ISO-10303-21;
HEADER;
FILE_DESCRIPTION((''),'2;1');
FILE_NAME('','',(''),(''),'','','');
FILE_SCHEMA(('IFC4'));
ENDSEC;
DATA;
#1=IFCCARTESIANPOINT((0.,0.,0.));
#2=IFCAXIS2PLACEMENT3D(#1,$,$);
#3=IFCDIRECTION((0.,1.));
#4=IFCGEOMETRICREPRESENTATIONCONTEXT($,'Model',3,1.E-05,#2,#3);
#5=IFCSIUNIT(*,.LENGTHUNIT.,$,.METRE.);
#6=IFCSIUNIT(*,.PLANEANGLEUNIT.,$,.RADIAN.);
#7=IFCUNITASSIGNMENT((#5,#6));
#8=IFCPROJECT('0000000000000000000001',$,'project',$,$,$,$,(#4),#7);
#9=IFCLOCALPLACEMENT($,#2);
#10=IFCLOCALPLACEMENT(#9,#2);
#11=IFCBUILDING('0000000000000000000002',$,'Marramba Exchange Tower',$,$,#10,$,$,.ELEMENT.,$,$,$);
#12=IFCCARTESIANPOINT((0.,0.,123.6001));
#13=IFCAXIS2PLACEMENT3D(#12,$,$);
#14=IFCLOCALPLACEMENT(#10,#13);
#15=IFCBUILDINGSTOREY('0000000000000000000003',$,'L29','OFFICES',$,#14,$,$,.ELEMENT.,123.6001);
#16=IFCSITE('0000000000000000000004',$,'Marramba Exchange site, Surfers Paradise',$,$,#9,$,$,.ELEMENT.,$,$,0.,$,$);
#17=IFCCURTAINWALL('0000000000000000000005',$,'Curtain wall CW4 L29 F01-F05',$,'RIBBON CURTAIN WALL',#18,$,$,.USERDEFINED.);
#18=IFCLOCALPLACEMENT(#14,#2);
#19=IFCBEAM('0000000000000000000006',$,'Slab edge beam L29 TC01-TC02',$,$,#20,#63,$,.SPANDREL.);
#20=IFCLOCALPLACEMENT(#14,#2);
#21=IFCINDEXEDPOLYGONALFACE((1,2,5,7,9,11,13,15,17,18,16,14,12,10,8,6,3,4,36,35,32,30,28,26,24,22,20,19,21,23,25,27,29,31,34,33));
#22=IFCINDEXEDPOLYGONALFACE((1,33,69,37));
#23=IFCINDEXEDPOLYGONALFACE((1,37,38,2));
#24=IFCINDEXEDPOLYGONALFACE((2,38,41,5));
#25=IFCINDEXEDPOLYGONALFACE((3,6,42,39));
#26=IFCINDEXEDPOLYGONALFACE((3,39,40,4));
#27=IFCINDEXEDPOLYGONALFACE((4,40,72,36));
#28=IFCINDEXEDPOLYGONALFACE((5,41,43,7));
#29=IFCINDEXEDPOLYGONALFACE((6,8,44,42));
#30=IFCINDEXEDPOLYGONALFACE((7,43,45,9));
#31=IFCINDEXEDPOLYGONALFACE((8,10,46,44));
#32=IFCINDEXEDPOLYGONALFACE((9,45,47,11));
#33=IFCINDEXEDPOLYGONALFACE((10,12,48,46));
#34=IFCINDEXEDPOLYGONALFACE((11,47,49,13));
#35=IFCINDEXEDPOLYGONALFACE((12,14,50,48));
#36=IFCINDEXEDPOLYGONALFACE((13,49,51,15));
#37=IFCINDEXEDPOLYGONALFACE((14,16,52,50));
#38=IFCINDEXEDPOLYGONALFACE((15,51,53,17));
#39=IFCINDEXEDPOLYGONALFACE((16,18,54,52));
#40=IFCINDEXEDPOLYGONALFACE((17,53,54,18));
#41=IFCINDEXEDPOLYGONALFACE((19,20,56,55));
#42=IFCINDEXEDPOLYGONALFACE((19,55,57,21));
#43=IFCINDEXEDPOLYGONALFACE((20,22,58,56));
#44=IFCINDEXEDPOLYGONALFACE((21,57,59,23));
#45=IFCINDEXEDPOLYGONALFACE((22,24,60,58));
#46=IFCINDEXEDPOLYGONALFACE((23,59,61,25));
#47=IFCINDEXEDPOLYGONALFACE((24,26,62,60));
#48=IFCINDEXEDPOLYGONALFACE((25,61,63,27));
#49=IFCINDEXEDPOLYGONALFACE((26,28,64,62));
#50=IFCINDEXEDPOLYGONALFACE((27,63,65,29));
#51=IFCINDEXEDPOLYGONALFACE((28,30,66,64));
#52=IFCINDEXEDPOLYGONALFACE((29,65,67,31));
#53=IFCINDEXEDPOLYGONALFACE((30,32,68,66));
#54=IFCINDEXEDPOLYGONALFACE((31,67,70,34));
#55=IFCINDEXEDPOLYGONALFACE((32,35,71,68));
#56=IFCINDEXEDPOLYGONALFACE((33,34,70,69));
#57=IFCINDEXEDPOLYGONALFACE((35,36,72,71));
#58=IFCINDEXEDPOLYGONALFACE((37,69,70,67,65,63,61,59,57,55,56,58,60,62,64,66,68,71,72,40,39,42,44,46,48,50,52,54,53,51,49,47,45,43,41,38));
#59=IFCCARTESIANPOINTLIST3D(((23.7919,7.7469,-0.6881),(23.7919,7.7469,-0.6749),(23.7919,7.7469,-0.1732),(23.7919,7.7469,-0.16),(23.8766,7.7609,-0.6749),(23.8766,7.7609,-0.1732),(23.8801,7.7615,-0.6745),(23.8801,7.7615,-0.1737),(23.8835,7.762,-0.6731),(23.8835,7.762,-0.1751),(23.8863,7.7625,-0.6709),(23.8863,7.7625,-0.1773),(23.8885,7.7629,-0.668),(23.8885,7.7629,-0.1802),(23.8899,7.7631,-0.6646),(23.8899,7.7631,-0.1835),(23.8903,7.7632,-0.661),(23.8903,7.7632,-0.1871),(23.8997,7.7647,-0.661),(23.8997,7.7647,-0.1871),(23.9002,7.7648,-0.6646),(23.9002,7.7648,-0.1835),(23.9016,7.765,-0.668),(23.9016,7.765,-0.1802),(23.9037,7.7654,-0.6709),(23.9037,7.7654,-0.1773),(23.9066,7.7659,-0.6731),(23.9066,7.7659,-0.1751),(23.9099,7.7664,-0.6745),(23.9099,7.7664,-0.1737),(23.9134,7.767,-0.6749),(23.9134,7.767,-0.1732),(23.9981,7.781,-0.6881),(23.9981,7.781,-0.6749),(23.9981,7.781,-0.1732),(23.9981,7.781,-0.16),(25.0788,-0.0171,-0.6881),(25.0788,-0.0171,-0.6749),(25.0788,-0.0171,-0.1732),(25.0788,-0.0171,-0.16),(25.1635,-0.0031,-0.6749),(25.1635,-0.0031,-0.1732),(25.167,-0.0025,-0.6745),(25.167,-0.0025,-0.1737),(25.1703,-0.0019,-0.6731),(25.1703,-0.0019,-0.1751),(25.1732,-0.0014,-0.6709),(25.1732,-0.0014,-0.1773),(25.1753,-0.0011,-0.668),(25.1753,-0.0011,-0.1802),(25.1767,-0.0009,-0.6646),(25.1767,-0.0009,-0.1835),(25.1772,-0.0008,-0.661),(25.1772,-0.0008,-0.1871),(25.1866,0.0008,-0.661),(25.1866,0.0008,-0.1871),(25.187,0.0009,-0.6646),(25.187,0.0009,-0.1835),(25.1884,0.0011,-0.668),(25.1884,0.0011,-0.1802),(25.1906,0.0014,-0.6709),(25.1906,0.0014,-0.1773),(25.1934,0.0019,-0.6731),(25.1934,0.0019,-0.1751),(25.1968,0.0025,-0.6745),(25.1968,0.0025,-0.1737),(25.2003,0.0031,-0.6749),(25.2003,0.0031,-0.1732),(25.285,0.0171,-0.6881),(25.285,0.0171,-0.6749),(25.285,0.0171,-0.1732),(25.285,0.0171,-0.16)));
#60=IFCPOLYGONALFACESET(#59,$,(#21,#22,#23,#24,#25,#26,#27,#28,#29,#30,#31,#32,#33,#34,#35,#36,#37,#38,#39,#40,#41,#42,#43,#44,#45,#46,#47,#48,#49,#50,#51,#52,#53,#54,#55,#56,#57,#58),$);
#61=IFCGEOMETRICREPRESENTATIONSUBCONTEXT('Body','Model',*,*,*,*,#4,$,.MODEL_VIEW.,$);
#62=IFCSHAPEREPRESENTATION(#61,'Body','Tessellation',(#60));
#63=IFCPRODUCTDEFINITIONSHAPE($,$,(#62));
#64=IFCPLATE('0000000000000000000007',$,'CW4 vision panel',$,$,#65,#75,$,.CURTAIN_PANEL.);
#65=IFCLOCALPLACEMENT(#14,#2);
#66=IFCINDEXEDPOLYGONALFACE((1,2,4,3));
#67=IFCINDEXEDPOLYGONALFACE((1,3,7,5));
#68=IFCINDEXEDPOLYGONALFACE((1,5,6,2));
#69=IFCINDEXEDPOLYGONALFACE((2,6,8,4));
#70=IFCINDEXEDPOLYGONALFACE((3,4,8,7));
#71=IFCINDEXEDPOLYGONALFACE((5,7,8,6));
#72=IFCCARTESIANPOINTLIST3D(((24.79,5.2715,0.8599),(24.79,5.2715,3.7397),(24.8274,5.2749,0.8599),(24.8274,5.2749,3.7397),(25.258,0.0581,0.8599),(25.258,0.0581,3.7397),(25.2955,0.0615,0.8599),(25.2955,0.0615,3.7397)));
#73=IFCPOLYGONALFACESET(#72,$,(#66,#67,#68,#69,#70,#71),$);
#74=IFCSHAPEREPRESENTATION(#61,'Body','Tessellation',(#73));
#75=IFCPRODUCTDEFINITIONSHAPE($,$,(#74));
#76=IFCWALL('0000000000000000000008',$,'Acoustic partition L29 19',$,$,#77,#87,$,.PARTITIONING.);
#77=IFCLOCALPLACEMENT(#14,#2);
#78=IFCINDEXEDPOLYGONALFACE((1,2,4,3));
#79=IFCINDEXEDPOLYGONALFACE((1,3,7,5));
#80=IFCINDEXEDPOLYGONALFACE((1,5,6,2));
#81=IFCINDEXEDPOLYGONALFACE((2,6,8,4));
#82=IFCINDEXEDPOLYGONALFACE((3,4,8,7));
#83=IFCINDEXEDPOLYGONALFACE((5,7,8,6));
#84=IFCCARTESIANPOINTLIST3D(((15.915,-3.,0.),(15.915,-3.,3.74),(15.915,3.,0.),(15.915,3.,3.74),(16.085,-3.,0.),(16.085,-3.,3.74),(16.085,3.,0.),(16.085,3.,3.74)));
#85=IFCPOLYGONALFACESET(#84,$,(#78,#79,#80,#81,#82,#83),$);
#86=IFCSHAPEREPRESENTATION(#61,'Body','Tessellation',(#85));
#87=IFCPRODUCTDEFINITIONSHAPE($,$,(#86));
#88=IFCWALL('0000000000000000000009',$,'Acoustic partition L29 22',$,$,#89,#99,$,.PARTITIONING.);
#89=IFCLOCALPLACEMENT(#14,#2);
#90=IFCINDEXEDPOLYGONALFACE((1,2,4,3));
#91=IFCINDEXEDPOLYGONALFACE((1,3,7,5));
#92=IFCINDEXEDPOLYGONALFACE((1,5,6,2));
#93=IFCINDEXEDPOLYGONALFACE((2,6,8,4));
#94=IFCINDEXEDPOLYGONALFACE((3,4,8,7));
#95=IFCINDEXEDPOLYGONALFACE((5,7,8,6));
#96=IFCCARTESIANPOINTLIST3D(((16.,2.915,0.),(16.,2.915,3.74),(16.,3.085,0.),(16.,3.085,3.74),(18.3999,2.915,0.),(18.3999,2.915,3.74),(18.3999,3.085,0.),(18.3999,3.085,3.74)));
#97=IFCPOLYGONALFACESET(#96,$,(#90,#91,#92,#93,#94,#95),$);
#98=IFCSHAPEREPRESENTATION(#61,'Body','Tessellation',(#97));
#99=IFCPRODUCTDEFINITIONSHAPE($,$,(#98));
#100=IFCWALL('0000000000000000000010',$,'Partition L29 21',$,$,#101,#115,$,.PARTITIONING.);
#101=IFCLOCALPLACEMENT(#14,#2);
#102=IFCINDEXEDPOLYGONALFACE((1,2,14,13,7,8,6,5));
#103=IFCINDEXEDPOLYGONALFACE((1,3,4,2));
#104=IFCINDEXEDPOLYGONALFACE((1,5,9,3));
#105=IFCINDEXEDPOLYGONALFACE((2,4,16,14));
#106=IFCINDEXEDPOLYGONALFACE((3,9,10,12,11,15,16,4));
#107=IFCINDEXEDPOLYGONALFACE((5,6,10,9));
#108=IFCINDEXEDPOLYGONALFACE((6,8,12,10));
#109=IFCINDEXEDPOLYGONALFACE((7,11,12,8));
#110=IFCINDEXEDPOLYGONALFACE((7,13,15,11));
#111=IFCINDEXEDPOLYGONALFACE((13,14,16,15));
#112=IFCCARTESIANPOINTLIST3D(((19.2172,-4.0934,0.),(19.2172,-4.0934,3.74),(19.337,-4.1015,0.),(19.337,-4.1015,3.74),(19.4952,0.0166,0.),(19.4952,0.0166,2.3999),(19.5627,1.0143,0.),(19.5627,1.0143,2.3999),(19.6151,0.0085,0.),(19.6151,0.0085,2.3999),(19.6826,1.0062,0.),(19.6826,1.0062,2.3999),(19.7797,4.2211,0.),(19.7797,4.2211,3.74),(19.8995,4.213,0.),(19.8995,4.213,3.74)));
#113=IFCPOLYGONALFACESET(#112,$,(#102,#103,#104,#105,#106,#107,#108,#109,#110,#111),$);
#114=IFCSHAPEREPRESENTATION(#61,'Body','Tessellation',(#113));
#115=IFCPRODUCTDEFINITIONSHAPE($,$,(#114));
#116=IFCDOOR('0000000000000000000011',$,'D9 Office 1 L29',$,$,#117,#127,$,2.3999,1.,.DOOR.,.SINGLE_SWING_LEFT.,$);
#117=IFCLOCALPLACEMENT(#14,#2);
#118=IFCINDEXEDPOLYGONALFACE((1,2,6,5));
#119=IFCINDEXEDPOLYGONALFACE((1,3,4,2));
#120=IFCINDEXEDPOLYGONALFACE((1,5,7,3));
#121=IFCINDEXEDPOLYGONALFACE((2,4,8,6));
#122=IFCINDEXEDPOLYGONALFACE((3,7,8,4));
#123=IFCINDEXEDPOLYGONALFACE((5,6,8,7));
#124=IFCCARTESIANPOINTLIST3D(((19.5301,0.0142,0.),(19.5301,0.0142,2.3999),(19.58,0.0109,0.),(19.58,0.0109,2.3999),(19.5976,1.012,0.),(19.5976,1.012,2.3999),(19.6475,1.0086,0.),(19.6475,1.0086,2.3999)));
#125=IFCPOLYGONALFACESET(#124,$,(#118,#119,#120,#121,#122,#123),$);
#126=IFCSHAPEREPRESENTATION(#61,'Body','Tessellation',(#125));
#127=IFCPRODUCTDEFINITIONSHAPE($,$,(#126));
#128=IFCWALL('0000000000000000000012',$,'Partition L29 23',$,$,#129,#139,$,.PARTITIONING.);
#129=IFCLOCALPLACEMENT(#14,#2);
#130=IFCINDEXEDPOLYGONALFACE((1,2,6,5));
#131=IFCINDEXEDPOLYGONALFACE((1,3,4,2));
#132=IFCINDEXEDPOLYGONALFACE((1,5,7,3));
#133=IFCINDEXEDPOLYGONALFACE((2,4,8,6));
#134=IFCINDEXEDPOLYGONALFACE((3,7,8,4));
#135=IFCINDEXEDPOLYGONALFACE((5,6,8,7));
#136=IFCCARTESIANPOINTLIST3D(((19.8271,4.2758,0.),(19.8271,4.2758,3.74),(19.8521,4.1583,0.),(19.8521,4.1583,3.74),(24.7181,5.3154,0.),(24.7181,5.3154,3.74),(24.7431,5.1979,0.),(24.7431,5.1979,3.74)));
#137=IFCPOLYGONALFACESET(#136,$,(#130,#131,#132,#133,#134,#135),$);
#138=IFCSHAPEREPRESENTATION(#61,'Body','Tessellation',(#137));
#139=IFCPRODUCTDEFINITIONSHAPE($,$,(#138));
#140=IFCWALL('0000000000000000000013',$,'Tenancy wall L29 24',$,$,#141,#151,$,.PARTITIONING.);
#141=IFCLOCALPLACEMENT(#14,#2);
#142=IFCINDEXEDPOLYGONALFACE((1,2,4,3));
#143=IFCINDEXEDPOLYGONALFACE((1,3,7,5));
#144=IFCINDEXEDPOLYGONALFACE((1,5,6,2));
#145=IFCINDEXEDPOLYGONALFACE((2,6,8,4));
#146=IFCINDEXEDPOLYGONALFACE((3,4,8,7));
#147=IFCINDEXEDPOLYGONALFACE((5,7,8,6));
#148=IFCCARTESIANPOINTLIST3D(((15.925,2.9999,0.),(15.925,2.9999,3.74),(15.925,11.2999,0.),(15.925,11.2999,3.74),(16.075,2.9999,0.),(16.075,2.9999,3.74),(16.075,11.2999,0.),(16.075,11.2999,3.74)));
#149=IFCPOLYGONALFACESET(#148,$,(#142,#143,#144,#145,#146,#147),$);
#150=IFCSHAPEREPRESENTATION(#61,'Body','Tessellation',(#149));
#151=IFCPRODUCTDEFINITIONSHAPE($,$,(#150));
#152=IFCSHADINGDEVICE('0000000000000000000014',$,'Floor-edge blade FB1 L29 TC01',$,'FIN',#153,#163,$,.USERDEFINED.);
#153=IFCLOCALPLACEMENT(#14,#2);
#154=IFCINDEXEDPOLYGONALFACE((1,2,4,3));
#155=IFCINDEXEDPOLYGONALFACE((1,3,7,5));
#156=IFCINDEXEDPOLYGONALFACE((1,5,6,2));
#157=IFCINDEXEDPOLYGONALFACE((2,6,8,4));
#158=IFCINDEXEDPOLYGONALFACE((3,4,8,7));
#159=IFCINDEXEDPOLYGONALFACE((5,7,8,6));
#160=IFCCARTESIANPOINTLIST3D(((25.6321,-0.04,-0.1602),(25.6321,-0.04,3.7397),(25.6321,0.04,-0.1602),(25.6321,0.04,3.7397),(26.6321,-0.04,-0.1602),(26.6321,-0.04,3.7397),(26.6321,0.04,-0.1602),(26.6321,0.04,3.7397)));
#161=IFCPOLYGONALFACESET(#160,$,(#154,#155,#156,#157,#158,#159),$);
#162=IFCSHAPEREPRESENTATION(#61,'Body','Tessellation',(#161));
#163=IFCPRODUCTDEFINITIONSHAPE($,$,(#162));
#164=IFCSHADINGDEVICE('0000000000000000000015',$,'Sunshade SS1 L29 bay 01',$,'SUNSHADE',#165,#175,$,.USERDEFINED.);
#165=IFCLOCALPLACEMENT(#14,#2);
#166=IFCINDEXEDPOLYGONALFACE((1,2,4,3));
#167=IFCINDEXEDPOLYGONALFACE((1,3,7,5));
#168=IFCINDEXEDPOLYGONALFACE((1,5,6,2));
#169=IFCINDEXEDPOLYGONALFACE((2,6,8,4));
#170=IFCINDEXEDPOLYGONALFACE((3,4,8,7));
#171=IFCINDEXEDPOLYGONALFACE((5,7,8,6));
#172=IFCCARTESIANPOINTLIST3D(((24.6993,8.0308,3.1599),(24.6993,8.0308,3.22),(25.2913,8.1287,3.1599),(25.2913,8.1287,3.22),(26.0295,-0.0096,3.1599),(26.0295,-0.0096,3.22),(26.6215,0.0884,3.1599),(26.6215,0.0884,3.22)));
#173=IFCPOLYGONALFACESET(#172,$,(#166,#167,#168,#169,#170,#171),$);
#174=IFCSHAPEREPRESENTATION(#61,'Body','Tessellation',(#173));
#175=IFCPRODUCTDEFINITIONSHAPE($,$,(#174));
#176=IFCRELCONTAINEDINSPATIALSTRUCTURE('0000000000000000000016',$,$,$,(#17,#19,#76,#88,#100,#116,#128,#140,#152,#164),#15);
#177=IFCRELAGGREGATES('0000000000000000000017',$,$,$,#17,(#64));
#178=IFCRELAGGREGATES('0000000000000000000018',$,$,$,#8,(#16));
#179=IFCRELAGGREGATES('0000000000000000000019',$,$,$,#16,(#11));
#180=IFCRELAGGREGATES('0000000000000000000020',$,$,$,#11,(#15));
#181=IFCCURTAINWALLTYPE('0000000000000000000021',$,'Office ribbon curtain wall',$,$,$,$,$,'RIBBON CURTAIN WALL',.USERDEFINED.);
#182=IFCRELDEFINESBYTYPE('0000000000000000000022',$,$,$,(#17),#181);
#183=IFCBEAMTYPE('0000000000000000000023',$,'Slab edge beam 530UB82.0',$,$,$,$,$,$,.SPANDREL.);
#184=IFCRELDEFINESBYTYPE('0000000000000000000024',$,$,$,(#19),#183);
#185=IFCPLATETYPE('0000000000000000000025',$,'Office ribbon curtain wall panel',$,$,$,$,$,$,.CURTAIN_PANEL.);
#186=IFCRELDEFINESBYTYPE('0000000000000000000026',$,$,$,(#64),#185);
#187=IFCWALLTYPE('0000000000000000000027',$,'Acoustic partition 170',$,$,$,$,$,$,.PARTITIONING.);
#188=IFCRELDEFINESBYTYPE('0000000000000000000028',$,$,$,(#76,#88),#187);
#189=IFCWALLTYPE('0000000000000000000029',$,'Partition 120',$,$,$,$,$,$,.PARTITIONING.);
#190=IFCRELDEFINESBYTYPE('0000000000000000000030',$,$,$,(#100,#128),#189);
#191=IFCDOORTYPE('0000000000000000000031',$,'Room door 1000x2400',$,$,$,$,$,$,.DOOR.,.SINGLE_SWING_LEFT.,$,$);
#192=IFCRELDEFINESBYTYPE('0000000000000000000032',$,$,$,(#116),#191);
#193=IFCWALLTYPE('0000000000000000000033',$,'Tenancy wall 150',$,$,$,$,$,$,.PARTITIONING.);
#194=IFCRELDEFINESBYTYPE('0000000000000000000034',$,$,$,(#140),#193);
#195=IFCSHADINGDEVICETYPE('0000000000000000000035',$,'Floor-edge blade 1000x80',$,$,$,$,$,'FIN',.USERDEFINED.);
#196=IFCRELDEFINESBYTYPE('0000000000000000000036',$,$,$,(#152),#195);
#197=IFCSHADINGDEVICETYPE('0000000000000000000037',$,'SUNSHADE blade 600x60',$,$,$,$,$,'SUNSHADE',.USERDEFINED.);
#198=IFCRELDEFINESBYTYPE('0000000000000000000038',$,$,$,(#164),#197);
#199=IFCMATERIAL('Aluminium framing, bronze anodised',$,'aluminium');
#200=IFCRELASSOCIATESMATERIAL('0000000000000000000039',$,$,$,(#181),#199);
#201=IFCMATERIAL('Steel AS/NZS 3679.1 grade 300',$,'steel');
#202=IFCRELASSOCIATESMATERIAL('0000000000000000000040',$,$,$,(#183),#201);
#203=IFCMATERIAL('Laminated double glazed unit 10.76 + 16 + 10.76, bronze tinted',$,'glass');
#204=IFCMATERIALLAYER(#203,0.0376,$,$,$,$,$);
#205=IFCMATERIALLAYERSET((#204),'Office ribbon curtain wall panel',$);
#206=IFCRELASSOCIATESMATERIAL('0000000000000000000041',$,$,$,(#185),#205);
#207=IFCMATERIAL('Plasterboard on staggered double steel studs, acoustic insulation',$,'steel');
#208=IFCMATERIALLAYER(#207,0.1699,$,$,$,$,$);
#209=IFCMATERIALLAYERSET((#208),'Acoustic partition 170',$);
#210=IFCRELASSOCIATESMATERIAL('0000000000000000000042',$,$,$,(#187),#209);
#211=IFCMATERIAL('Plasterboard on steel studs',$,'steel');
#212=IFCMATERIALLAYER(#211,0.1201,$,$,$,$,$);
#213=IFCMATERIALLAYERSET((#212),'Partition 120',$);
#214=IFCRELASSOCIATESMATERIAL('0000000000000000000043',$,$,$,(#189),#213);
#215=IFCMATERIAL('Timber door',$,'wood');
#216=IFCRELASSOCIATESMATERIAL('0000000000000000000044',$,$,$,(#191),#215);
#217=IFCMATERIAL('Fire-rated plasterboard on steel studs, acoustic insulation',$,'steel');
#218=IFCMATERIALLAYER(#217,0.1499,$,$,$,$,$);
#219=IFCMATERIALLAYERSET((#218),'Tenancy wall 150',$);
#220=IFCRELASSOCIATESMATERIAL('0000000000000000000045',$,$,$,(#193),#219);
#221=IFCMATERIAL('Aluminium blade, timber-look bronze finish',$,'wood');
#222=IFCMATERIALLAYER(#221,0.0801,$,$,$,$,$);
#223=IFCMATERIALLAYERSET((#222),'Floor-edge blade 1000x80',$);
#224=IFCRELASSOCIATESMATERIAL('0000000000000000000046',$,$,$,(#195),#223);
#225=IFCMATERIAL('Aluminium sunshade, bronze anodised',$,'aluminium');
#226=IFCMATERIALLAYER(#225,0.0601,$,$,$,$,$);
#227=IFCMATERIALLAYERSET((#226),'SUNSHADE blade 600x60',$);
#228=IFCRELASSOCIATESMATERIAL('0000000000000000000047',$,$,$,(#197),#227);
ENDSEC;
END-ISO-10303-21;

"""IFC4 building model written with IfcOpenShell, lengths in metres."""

from ifc_helpers import new_model, si_unit, direction, frame, frame_2d, origin, origin_2d, place, context, subcontext, project, spatial, rectangle, i_section, extrude, material, layer, layer_set, material_profile, profile_set, type_object, element, fill, aggregate, save


model = new_model("IFC4")

# Units and contexts
model_context = context("Model", 3, precision=1e-05, world=origin(), true_north=direction((0.0, 1.0)))
body_context = subcontext(model_context, "Body", "Model", "MODEL_VIEW")
ifc_project = project(units=[si_unit("LENGTHUNIT", "METRE"), si_unit("PLANEANGLEUNIT", "RADIAN")], contexts=[model_context])

# Site, building, storey
site_placement = place(None, origin())
site = spatial("IfcSite", under=ifc_project, at=site_placement, Name="Marramba Exchange site, Surfers Paradise", CompositionType="ELEMENT", RefElevation=0.0)
building_placement = place(site_placement, origin())
building = spatial("IfcBuilding", under=site, at=building_placement, Name="Marramba Exchange Tower", CompositionType="ELEMENT")
storey_placement = place(building_placement, frame((0.0, 0.0, 123.6001)))
storey = spatial("IfcBuildingStorey", under=building, at=storey_placement, Name="L29", Description="OFFICES", CompositionType="ELEMENT", Elevation=123.6001)

# Shared definitions
ifc_material_1 = material(Name="Steel AS/NZS 3679.1 grade 300", Category="steel")

# Curtain wall
ifc_material_2 = material(Name="Aluminium framing, bronze anodised", Category="aluminium")
curtain_wall_type = type_object("IfcCurtainWallType", Name="Office ribbon curtain wall", ElementType="RIBBON CURTAIN WALL", PredefinedType="USERDEFINED", material=ifc_material_2)
curtain_wall_placement = place(storey_placement, origin())
curtain_wall = element("IfcCurtainWall", 1, at=curtain_wall_placement, inside=storey, type_object=curtain_wall_type, Name="Curtain wall CW4 L29 F01-F05", ObjectType="RIBBON CURTAIN WALL", PredefinedType="USERDEFINED")

# Beam
ifc_material_profile_1 = material_profile(ifc_material_1, i_section(OverallWidth=0.209, OverallDepth=0.5281, WebThickness=0.0095, FlangeThickness=0.0132, FilletRadius=0.0139, at=origin_2d()), Name="530UB82.0")
ifc_profile_set_1 = profile_set([ifc_material_profile_1], Name="Steel AS/NZS 3679.1 grade 300")
beam_type_1 = type_object("IfcBeamType", Name="Slab edge beam 530UB82.0", PredefinedType="SPANDREL", material=ifc_profile_set_1)
beam_1_placement = place(storey_placement, frame((25.1819, 0.0, -0.4241), z_axis=(-0.163519, 0.98654, 0.0), x_axis=(-0.98654, -0.163519, 0.0)))
element("IfcBeam", 2, at=beam_1_placement, inside=storey, type_object=beam_type_1, Name="Slab edge beam L29 TC01-TC02", PredefinedType="SPANDREL", context=body_context, shape_type="SweptSolid", body=[
    extrude(i_section(OverallWidth=0.209, OverallDepth=0.5281, WebThickness=0.0095, FlangeThickness=0.0132, FilletRadius=0.0139, at=origin_2d()), origin(), (0.0, 0.0, 1.0), 7.8699),
])

# Plate
ifc_material_3 = material(Name="Laminated double glazed unit 10.76 + 16 + 10.76, bronze tinted", Category="glass")
ifc_layer_1 = layer(ifc_material_3, 0.0376)
ifc_layer_set_1 = layer_set([ifc_layer_1], Name="Office ribbon curtain wall panel")
plate_type = type_object("IfcPlateType", Name="Office ribbon curtain wall panel", PredefinedType="CURTAIN_PANEL", material=ifc_layer_set_1)
plate_placement = place(storey_placement, frame((25.0427, 2.6665, 0.8599), z_axis=(0.0, 0.0, 1.0), x_axis=(-0.089413, 0.995995, 0.0)))
plate = element("IfcPlate", 3, at=plate_placement, type_object=plate_type, Name="CW4 vision panel", PredefinedType="CURTAIN_PANEL", context=body_context, shape_type="SweptSolid", body=[
    extrude(rectangle(XDim=5.2344, YDim=0.0376, at=origin_2d()), origin(), (0.0, 0.0, 1.0), 2.8799),
])
aggregate(curtain_wall, [plate])

# Walls
ifc_material_4 = material(Name="Plasterboard on staggered double steel studs, acoustic insulation", Category="steel")
ifc_layer_2 = layer(ifc_material_4, 0.1699)
ifc_layer_set_2 = layer_set([ifc_layer_2], Name="Acoustic partition 170")
wall_type_1 = type_object("IfcWallType", Name="Acoustic partition 170", PredefinedType="PARTITIONING", material=ifc_layer_set_2)
wall_1_placement = place(storey_placement, frame((16.0, 3.0, 0.0), z_axis=(0.0, 0.0, 1.0), x_axis=(0.0, -1.0, 0.0)))
element("IfcWall", 4, at=wall_1_placement, inside=storey, type_object=wall_type_1, Name="Acoustic partition L29 19", PredefinedType="PARTITIONING", context=body_context, shape_type="SweptSolid", body=[
    extrude(rectangle(XDim=6.0, YDim=0.1699, at=frame_2d((3.0, 0.0))), origin(), (0.0, 0.0, 1.0), 3.74),
])
wall_2_placement = place(storey_placement, frame((18.3999, 3.0, 0.0), z_axis=(0.0, 0.0, 1.0), x_axis=(-1.0, 0.0, 0.0)))
element("IfcWall", 5, at=wall_2_placement, inside=storey, type_object=wall_type_1, Name="Acoustic partition L29 22", PredefinedType="PARTITIONING", context=body_context, shape_type="SweptSolid", body=[
    extrude(rectangle(XDim=2.3999, YDim=0.1699, at=frame_2d((1.2, 0.0))), origin(), (0.0, 0.0, 1.0), 3.74),
])

# Wall, opening, door
ifc_material_5 = material(Name="Plasterboard on steel studs", Category="steel")
ifc_layer_3 = layer(ifc_material_5, 0.1201)
ifc_layer_set_3 = layer_set([ifc_layer_3], Name="Partition 120")
wall_type_2 = type_object("IfcWallType", Name="Partition 120", PredefinedType="PARTITIONING", material=ifc_layer_set_3)
wall_3_placement = place(storey_placement, frame((19.8396, 4.217, 0.0), z_axis=(0.0, 0.0, 1.0), x_axis=(-0.067499, -0.997719, 0.0)))
wall_3 = element("IfcWall", 6, at=wall_3_placement, inside=storey, type_object=wall_type_2, Name="Partition L29 21", PredefinedType="PARTITIONING", context=body_context, shape_type="SweptSolid", body=[
    extrude(rectangle(XDim=8.3335, YDim=0.1201, at=frame_2d((4.1667, 0.0))), origin(), (0.0, 0.0, 1.0), 3.74),
])
opening_placement = place(wall_3_placement, frame((3.2141, 0.0, 0.0)))
opening = element("IfcOpeningElement", 7, at=opening_placement, cuts=wall_3, PredefinedType="OPENING", context=body_context, shape_type="SweptSolid", body=[
    extrude(rectangle(XDim=1.0, YDim=2.3999, at=frame_2d((0.5, 1.2))), frame((0.0, 0.0701, 0.0), z_axis=(0.0, -1.0, 0.0), x_axis=(1.0, 0.0, 0.0)), (0.0, 0.0, 1.0), 0.1401),
])
ifc_material_6 = material(Name="Timber door", Category="wood")
door_type = type_object("IfcDoorType", Name="Room door 1000x2400", OperationType="SINGLE_SWING_LEFT", PredefinedType="DOOR", material=ifc_material_6)
door_placement = place(opening_placement, origin())
door = element("IfcDoor", 8, at=door_placement, inside=storey, type_object=door_type, Name="D9 Office 1 L29", OperationType="SINGLE_SWING_LEFT", OverallHeight=2.3999, OverallWidth=1.0, PredefinedType="DOOR", context=body_context, shape_type="SweptSolid", body=[
    extrude(rectangle(XDim=1.0, YDim=2.3999, at=frame_2d((0.5, 1.2))), frame((0.0, 0.0249, 0.0), z_axis=(0.0, -1.0, 0.0), x_axis=(1.0, 0.0, 0.0)), (0.0, 0.0, 1.0), 0.05),
])
fill(opening, door)

# Walls
wall_4_placement = place(storey_placement, frame((24.7305, 5.2566, 0.0), z_axis=(0.0, 0.0, 1.0), x_axis=(-0.978149, -0.207905, 0.0)))
element("IfcWall", 9, at=wall_4_placement, inside=storey, type_object=wall_type_2, Name="Partition L29 23", PredefinedType="PARTITIONING", context=body_context, shape_type="SweptSolid", body=[
    extrude(rectangle(XDim=5.0002, YDim=0.1201, at=frame_2d((2.5, 0.0))), origin(), (0.0, 0.0, 1.0), 3.74),
])
ifc_material_7 = material(Name="Fire-rated plasterboard on steel studs, acoustic insulation", Category="steel")
ifc_layer_4 = layer(ifc_material_7, 0.1499)
ifc_layer_set_4 = layer_set([ifc_layer_4], Name="Tenancy wall 150")
wall_type_3 = type_object("IfcWallType", Name="Tenancy wall 150", PredefinedType="PARTITIONING", material=ifc_layer_set_4)
wall_5_placement = place(storey_placement, frame((16.0, 3.0, 0.0), z_axis=(0.0, 0.0, 1.0), x_axis=(0.0, 1.0, 0.0)))
element("IfcWall", 10, at=wall_5_placement, inside=storey, type_object=wall_type_3, Name="Tenancy wall L29 24", PredefinedType="PARTITIONING", context=body_context, shape_type="SweptSolid", body=[
    extrude(rectangle(XDim=8.3, YDim=0.1499, at=frame_2d((4.1499, 0.0))), origin(), (0.0, 0.0, 1.0), 3.74),
])

# Shading devices
ifc_material_8 = material(Name="Aluminium blade, timber-look bronze finish", Category="wood")
ifc_layer_5 = layer(ifc_material_8, 0.0801)
ifc_layer_set_5 = layer_set([ifc_layer_5], Name="Floor-edge blade 1000x80")
shading_device_type_1 = type_object("IfcShadingDeviceType", Name="Floor-edge blade 1000x80", ElementType="FIN", PredefinedType="USERDEFINED", material=ifc_layer_set_5)
shading_device_1_placement = place(storey_placement, frame((26.1321, 0.0, -0.1602), z_axis=(0.0, 0.0, 1.0), x_axis=(1.0, 0.0, 0.0)))
element("IfcShadingDevice", 11, at=shading_device_1_placement, inside=storey, type_object=shading_device_type_1, Name="Floor-edge blade FB1 L29 TC01", ObjectType="FIN", PredefinedType="USERDEFINED", context=body_context, shape_type="SweptSolid", body=[
    extrude(rectangle(XDim=1.0, YDim=0.0801, at=origin_2d()), origin(), (0.0, 0.0, 1.0), 3.8999),
])
ifc_material_9 = material(Name="Aluminium sunshade, bronze anodised", Category="aluminium")
ifc_layer_6 = layer(ifc_material_9, 0.0601)
ifc_layer_set_6 = layer_set([ifc_layer_6], Name="SUNSHADE blade 600x60")
shading_device_type_2 = type_object("IfcShadingDeviceType", Name="SUNSHADE blade 600x60", ElementType="SUNSHADE", PredefinedType="USERDEFINED", material=ifc_layer_set_6)
shading_device_2_placement = place(storey_placement, frame((25.6604, 4.0596, 3.1599), z_axis=(0.0, 0.0, 1.0), x_axis=(-0.163228, 0.986588, 0.0)))
element("IfcShadingDevice", 12, at=shading_device_2_placement, inside=storey, type_object=shading_device_type_2, Name="Sunshade SS1 L29 bay 01", ObjectType="SUNSHADE", PredefinedType="USERDEFINED", context=body_context, shape_type="SweptSolid", body=[
    extrude(rectangle(XDim=8.1497, YDim=0.6001, at=origin_2d()), origin(), (0.0, 0.0, 1.0), 0.0601),
])

save(model, "model.ifc")
